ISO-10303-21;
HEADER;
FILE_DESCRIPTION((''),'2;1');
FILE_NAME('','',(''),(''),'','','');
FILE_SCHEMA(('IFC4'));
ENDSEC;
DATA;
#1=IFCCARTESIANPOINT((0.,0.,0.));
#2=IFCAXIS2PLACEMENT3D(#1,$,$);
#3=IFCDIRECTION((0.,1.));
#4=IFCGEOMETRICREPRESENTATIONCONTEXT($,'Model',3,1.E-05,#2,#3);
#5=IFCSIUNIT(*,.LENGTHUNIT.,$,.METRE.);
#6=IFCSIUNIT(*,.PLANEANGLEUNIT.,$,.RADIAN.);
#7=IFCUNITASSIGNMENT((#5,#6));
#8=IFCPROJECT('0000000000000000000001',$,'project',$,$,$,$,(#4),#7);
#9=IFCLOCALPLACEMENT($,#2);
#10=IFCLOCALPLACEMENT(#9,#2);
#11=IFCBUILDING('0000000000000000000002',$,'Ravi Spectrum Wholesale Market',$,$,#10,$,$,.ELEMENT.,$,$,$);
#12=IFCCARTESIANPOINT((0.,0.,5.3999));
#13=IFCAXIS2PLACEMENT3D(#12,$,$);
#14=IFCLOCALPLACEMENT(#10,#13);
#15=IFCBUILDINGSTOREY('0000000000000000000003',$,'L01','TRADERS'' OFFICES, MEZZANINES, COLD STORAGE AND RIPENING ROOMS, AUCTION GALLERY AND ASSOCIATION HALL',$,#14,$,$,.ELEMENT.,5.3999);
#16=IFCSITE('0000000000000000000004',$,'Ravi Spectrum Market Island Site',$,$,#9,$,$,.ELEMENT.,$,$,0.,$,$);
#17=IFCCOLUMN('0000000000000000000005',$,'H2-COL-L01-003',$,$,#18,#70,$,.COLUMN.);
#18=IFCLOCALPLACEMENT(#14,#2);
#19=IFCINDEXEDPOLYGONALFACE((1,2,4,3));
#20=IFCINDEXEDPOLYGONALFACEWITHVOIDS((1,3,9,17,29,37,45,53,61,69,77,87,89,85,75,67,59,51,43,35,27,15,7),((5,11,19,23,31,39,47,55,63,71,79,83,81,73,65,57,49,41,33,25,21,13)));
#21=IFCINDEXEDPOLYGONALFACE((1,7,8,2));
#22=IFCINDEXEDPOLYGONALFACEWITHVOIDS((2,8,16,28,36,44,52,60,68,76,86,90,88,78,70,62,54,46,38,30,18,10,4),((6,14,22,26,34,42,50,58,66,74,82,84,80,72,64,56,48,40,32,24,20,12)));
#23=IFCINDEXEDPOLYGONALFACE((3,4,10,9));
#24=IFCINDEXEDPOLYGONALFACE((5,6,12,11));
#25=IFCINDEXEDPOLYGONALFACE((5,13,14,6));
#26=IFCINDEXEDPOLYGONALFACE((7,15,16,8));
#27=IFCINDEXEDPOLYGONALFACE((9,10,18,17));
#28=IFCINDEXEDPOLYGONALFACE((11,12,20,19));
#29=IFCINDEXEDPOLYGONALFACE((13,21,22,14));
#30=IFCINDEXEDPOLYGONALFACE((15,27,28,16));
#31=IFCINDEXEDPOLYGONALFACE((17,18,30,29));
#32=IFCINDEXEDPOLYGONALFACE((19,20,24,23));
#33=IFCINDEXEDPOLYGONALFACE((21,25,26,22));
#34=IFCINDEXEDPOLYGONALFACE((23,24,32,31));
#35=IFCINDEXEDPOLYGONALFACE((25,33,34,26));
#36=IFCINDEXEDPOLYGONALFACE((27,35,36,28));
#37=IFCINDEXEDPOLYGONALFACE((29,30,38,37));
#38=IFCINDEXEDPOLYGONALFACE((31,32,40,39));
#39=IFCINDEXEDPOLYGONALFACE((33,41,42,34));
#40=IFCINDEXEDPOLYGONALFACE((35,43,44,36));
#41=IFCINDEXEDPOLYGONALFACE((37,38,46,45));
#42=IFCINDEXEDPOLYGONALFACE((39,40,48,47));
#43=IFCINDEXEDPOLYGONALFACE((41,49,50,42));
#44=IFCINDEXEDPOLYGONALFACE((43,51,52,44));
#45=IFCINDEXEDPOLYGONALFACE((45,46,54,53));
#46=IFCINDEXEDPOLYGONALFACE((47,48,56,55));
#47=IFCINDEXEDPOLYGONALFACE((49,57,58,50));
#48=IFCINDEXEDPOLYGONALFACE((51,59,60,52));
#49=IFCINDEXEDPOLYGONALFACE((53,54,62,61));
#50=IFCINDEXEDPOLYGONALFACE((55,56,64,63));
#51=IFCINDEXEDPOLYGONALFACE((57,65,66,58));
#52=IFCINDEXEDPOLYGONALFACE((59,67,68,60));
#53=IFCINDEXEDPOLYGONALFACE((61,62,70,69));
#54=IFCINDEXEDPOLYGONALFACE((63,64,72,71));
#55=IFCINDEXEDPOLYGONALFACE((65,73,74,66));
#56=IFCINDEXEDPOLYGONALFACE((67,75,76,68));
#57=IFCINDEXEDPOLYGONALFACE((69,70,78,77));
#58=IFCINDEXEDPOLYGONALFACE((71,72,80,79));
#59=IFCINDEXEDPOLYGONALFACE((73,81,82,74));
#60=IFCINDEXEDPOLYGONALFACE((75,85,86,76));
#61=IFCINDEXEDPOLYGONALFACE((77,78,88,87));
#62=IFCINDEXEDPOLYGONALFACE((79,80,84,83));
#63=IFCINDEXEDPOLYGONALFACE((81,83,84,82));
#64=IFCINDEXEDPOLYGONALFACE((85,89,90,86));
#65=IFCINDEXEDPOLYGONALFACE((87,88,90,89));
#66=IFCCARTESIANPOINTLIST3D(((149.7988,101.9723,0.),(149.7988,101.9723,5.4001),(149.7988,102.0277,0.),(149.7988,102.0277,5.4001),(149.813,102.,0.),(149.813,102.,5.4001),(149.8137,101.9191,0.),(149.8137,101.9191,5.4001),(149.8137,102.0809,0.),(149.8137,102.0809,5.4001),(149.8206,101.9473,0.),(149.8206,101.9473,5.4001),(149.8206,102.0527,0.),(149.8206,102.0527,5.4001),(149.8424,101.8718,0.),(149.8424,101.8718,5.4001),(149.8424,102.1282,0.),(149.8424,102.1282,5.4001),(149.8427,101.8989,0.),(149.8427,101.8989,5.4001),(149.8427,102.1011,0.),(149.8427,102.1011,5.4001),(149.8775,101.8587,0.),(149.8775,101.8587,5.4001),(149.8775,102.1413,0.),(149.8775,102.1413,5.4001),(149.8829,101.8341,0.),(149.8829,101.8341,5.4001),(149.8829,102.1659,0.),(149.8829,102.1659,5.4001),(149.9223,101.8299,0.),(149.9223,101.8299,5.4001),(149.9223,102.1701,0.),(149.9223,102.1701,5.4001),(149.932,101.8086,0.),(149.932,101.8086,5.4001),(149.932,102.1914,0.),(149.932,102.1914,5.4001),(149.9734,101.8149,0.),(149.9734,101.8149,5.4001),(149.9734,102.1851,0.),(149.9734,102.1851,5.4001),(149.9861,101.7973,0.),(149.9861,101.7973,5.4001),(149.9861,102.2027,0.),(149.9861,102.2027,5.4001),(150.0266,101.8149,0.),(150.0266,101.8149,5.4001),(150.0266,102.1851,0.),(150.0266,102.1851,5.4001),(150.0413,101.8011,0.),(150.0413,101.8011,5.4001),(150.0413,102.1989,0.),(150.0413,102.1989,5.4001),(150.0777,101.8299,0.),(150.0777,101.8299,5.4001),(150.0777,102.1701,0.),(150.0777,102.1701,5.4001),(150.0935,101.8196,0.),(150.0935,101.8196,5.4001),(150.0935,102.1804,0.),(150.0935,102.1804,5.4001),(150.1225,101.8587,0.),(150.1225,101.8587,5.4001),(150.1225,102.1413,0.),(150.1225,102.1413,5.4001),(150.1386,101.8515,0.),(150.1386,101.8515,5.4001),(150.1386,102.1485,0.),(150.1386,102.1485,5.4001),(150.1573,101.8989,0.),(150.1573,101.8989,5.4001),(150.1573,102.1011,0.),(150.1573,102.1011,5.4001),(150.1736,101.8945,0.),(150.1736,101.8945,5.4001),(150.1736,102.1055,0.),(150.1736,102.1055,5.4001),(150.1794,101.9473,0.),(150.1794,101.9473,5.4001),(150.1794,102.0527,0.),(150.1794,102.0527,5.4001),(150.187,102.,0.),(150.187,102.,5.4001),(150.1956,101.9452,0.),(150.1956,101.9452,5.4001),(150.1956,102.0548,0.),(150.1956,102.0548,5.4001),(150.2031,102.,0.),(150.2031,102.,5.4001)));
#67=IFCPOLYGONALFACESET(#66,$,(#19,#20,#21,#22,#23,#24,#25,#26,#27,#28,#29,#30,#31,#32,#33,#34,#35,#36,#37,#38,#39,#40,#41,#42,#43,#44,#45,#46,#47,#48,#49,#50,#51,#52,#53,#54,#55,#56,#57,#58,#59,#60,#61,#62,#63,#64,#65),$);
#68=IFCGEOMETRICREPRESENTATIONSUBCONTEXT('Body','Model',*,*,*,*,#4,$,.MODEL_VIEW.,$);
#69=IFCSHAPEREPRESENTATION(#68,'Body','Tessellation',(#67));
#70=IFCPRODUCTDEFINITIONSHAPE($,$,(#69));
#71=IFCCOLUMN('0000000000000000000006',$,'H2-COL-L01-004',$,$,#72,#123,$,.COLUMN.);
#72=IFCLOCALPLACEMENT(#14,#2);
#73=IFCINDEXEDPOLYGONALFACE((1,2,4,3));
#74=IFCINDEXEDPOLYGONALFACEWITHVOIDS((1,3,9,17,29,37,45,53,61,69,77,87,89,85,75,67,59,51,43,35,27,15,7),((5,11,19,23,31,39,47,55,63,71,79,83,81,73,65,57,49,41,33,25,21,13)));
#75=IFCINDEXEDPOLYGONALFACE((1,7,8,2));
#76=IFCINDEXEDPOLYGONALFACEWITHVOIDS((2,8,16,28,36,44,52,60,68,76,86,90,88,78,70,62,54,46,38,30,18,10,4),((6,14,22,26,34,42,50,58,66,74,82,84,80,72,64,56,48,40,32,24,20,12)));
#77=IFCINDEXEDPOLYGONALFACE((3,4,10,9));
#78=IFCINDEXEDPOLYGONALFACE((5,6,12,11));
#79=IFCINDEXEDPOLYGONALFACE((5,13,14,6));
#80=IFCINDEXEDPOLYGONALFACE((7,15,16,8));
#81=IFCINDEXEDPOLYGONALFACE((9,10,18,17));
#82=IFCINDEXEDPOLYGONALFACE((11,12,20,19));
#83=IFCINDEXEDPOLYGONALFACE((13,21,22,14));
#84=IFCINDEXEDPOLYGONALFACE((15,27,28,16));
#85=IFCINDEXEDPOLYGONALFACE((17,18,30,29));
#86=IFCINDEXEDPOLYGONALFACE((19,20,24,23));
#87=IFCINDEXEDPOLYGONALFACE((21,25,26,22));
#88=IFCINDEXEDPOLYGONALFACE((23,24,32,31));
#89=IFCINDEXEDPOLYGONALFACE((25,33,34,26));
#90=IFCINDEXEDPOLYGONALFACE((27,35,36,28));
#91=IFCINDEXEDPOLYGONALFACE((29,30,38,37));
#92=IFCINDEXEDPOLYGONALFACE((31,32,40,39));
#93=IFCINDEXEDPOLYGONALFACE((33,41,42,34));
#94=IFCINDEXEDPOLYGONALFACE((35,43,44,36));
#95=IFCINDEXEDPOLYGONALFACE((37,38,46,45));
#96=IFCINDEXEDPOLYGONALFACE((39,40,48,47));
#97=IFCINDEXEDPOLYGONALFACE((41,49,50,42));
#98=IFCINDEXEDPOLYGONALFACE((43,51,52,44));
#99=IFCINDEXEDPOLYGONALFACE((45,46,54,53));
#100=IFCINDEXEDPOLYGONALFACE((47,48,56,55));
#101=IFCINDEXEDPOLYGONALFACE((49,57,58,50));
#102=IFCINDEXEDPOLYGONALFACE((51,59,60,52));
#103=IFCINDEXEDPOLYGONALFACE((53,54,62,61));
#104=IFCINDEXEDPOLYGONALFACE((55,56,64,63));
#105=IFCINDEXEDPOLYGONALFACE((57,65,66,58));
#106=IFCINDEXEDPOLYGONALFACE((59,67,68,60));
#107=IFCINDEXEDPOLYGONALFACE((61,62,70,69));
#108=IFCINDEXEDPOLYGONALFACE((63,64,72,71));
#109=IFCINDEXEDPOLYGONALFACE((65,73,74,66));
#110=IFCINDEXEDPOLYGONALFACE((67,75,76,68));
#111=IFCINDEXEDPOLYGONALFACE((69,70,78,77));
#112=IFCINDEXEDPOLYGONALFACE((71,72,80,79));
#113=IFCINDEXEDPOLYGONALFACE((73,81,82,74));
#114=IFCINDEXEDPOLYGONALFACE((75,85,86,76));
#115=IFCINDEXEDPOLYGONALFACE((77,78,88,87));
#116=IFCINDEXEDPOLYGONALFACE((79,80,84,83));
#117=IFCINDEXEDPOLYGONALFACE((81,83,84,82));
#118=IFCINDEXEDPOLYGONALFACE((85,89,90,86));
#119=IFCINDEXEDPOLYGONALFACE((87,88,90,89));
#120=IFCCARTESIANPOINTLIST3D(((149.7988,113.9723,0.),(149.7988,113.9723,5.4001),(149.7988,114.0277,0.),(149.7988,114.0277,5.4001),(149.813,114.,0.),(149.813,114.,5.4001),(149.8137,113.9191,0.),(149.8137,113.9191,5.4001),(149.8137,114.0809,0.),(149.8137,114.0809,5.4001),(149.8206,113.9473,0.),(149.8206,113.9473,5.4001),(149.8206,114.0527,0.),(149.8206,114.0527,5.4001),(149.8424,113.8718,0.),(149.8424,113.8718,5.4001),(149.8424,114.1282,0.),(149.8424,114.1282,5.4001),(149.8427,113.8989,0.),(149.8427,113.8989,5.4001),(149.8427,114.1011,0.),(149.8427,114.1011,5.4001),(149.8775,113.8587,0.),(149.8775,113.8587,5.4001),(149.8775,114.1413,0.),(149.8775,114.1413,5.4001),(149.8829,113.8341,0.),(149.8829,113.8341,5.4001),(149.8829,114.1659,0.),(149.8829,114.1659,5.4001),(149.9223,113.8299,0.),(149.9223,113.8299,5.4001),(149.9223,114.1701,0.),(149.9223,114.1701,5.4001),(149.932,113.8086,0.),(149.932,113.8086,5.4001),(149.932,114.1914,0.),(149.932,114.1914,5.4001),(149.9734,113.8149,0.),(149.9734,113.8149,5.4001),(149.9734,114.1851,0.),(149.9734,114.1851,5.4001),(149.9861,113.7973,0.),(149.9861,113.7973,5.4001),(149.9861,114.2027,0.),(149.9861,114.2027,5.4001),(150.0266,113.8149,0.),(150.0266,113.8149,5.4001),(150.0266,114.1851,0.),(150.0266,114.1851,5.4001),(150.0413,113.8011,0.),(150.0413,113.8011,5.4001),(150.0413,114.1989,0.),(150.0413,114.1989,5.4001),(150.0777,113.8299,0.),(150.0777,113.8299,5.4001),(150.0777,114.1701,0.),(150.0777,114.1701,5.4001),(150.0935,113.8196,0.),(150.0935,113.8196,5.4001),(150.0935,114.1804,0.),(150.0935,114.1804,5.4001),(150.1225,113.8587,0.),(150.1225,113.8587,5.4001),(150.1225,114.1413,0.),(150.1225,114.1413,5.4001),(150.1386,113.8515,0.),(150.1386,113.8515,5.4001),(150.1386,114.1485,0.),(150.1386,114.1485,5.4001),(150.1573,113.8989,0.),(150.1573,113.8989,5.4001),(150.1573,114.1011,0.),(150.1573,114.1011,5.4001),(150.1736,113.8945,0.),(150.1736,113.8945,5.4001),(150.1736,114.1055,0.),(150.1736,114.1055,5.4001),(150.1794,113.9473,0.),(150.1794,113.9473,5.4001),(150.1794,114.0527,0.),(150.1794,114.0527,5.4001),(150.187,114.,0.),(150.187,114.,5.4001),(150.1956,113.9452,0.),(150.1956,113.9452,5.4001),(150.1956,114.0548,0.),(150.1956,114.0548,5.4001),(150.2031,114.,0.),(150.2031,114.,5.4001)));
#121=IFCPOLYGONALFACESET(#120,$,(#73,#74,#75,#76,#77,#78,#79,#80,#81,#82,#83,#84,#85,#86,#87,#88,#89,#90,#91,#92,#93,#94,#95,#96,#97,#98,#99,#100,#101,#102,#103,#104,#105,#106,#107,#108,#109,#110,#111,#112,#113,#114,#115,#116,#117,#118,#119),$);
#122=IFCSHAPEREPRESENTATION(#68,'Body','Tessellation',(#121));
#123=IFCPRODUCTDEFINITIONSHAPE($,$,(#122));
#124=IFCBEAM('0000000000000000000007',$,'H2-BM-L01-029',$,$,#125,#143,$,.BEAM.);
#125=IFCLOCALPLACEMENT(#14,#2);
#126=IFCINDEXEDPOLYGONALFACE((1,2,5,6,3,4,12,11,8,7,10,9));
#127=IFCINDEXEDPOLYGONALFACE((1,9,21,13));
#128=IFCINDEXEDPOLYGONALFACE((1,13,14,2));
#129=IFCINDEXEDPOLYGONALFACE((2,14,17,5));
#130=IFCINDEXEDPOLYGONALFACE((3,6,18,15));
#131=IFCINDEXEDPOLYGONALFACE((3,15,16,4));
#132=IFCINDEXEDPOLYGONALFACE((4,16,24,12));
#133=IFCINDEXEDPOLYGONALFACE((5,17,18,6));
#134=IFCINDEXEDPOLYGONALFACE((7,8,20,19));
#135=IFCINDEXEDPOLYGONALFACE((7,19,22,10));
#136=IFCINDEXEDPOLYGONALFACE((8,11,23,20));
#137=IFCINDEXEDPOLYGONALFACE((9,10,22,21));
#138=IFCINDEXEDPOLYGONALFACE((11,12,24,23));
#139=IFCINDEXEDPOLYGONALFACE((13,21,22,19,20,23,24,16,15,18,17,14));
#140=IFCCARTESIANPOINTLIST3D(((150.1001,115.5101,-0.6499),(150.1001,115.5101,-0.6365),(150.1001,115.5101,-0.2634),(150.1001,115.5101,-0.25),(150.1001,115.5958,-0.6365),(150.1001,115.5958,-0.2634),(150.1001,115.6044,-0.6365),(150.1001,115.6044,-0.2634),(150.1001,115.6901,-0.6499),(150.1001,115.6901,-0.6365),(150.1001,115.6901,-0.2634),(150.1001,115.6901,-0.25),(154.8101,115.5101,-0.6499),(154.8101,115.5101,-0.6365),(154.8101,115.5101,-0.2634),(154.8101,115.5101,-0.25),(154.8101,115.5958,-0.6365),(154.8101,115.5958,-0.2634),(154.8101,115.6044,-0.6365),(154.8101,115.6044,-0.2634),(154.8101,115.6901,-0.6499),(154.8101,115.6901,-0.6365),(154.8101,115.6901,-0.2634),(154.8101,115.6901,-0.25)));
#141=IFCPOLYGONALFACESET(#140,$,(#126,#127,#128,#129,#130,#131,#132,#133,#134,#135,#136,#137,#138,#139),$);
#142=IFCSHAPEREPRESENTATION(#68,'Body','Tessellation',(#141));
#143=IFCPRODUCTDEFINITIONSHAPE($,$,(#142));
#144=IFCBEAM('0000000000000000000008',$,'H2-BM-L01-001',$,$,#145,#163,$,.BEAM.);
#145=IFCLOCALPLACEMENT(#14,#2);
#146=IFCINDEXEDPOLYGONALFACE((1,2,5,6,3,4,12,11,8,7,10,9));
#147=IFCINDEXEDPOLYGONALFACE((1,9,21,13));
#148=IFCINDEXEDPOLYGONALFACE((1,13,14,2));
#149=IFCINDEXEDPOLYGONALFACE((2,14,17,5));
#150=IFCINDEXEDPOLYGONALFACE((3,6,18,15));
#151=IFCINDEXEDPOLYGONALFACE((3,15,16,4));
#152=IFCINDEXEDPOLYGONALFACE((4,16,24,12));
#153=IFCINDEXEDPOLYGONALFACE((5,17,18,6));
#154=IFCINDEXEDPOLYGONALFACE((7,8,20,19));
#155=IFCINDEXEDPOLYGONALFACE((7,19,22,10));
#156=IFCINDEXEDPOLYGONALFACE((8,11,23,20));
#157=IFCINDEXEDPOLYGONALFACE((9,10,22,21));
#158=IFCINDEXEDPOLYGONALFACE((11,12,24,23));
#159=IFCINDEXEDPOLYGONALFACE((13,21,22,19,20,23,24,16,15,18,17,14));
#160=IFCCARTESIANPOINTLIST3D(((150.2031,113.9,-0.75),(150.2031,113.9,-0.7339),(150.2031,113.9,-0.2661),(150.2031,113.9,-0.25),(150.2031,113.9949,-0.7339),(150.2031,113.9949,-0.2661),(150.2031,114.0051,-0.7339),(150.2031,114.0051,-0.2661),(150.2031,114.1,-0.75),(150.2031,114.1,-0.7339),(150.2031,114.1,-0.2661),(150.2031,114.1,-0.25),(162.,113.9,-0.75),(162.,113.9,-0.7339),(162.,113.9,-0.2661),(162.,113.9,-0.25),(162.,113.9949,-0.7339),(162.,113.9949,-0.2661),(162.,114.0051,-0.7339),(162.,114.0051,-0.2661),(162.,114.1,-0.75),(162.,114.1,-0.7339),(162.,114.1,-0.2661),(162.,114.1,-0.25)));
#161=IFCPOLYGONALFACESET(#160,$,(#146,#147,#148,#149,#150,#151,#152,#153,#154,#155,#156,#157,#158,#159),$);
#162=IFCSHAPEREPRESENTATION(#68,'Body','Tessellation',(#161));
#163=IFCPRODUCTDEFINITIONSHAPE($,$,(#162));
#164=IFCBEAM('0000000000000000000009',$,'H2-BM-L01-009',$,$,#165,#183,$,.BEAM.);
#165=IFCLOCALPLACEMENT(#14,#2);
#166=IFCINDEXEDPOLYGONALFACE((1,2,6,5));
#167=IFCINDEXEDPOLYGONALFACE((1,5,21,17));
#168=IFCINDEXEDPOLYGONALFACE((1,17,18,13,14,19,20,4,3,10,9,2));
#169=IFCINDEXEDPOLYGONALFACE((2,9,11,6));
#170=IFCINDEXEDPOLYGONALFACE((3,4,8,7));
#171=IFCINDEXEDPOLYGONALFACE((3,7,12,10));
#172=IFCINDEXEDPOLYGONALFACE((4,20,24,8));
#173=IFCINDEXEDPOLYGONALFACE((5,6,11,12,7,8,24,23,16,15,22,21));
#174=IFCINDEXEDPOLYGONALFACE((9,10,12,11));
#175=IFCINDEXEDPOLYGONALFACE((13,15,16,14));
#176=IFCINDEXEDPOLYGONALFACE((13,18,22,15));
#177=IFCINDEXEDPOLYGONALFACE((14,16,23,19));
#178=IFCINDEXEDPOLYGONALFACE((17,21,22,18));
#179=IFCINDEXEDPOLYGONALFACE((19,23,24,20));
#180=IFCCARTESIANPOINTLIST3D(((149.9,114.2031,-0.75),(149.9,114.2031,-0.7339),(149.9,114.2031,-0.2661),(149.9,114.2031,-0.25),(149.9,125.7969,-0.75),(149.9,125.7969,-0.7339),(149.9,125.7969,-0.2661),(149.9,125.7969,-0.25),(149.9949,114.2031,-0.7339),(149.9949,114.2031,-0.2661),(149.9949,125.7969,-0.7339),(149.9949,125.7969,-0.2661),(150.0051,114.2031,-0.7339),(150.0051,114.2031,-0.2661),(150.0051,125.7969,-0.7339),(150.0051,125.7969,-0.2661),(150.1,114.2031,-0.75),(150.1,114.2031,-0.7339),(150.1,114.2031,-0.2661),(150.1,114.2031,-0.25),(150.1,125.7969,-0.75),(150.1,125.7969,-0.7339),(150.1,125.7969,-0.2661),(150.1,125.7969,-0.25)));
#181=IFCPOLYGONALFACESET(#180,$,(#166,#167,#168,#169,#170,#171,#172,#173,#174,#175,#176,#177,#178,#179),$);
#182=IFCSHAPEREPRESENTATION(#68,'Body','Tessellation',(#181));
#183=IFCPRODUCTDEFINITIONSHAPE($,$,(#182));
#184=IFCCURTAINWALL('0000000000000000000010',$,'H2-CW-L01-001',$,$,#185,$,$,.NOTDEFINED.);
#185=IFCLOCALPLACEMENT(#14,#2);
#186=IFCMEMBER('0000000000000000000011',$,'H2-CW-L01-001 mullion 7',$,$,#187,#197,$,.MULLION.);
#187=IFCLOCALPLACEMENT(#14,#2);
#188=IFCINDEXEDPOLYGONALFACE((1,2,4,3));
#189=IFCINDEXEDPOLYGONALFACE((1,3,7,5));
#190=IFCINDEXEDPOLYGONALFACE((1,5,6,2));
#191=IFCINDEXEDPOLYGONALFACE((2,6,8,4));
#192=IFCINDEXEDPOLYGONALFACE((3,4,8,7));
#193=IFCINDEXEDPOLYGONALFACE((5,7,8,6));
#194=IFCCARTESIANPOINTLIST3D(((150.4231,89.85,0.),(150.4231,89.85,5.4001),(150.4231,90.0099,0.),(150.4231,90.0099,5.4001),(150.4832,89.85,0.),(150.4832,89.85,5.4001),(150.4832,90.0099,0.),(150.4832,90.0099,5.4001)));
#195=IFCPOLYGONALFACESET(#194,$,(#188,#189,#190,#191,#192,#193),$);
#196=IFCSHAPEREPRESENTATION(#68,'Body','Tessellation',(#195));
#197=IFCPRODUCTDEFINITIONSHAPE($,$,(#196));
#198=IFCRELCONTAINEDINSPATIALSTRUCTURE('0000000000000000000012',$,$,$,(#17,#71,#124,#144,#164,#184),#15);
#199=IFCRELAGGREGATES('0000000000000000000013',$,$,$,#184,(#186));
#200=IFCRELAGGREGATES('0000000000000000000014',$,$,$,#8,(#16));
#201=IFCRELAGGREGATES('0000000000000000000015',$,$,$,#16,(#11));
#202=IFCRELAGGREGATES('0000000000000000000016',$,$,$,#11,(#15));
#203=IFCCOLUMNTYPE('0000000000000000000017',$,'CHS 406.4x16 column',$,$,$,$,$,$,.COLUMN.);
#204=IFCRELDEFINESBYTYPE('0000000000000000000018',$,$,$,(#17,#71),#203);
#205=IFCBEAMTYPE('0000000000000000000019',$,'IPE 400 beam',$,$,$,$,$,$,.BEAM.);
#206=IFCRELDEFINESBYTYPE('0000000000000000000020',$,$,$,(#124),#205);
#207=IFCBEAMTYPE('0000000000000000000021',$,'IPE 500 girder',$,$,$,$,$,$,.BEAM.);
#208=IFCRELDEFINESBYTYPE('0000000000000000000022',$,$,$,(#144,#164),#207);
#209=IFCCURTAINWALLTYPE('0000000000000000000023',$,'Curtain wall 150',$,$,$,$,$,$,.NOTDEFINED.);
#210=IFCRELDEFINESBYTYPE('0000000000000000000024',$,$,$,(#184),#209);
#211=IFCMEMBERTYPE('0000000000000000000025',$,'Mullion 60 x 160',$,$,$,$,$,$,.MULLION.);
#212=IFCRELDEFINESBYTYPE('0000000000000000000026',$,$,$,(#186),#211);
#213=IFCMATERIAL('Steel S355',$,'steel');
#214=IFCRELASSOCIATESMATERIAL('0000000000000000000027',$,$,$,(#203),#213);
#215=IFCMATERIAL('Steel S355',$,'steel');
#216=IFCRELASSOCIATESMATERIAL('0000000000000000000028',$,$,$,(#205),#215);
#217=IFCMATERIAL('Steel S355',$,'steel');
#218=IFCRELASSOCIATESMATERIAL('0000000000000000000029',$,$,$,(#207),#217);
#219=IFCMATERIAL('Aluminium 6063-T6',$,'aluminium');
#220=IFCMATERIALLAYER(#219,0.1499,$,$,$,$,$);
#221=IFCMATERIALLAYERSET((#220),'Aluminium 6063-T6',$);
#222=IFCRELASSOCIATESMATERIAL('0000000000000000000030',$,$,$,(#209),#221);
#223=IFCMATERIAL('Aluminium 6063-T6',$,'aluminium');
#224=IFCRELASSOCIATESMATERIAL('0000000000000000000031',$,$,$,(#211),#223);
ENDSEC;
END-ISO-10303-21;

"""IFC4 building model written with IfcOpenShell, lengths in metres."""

from ifc_helpers import new_model, si_unit, direction, frame, origin, origin_2d, place, context, subcontext, project, spatial, rectangle, hollow_circle, i_section, extrude, material, layer, layer_set, material_profile, profile_set, type_object, element, aggregate, save


model = new_model("IFC4")

# Units and contexts
model_context = context("Model", 3, precision=1e-05, world=origin(), true_north=direction((0.0, 1.0)))
body_context = subcontext(model_context, "Body", "Model", "MODEL_VIEW")
ifc_project = project(units=[si_unit("LENGTHUNIT", "METRE"), si_unit("PLANEANGLEUNIT", "RADIAN")], contexts=[model_context])

# Site, building, storey
site_placement = place(None, origin())
site = spatial("IfcSite", under=ifc_project, at=site_placement, Name="Ravi Spectrum Market Island Site", CompositionType="ELEMENT", RefElevation=0.0)
building_placement = place(site_placement, origin())
building = spatial("IfcBuilding", under=site, at=building_placement, Name="Ravi Spectrum Wholesale Market", CompositionType="ELEMENT")
storey_placement = place(building_placement, frame((0.0, 0.0, 5.3999)))
storey = spatial("IfcBuildingStorey", under=building, at=storey_placement, Name="L01", Description="TRADERS' OFFICES, MEZZANINES, COLD STORAGE AND RIPENING ROOMS, AUCTION GALLERY AND ASSOCIATION HALL", CompositionType="ELEMENT", Elevation=5.3999)

# Columns
ifc_material_1 = material(Name="Steel S355", Category="steel")
ifc_material_profile_1 = material_profile(ifc_material_1, hollow_circle(Radius=0.2031, WallThickness=0.0161, at=origin_2d()))
ifc_profile_set_1 = profile_set([ifc_material_profile_1], Name="Steel S355")
column_type = type_object("IfcColumnType", Name="CHS 406.4x16 column", PredefinedType="COLUMN", material=ifc_profile_set_1)
for number, where, z_axis, x_axis, name in (
    (1, (150.0, 102.0, 0.0), (0.0, 0.0, 1.0), (1.0, 0.0, 0.0), "H2-COL-L01-003"),
    (2, (150.0, 114.0, 0.0), (0.0, 0.0, 1.0), (1.0, 0.0, 0.0), "H2-COL-L01-004"),
):
    element("IfcColumn", number, at=place(storey_placement, frame(where, z_axis=z_axis, x_axis=x_axis)), inside=storey, type_object=column_type, Name=name, PredefinedType="COLUMN", context=body_context, shape_type="SweptSolid", body=[
        extrude(hollow_circle(Radius=0.2031, WallThickness=0.0161, at=origin_2d()), origin(), (0.0, 0.0, 1.0), 5.4001),
    ])

# Beams
ifc_material_2 = material(Name="Steel S355", Category="steel")
ifc_material_profile_2 = material_profile(ifc_material_2, i_section(OverallWidth=0.1799, OverallDepth=0.3999, WebThickness=0.0085, FlangeThickness=0.0134, at=origin_2d()))
ifc_profile_set_2 = profile_set([ifc_material_profile_2], Name="Steel S355")
beam_type_1 = type_object("IfcBeamType", Name="IPE 400 beam", PredefinedType="BEAM", material=ifc_profile_set_2)
beam_1_placement = place(storey_placement, frame((150.1001, 115.6001, -0.45), z_axis=(1.0, 0.0, 0.0), x_axis=(0.0, 1.0, 0.0)))
element("IfcBeam", 3, at=beam_1_placement, inside=storey, type_object=beam_type_1, Name="H2-BM-L01-029", PredefinedType="BEAM", context=body_context, shape_type="SweptSolid", body=[
    extrude(i_section(OverallWidth=0.1799, OverallDepth=0.3999, WebThickness=0.0085, FlangeThickness=0.0134, at=origin_2d()), origin(), (0.0, 0.0, 1.0), 4.71),
])
ifc_material_3 = material(Name="Steel S355", Category="steel")
ifc_material_profile_3 = material_profile(ifc_material_3, i_section(OverallWidth=0.2, OverallDepth=0.5, WebThickness=0.0103, FlangeThickness=0.0161, at=origin_2d()))
ifc_profile_set_3 = profile_set([ifc_material_profile_3], Name="Steel S355")
beam_type_2 = type_object("IfcBeamType", Name="IPE 500 girder", PredefinedType="BEAM", material=ifc_profile_set_3)
beam_2_placement = place(storey_placement, frame((150.2031, 114.0, -0.5), z_axis=(1.0, 0.0, 0.0), x_axis=(0.0, 1.0, 0.0)))
element("IfcBeam", 4, at=beam_2_placement, inside=storey, type_object=beam_type_2, Name="H2-BM-L01-001", PredefinedType="BEAM", context=body_context, shape_type="SweptSolid", body=[
    extrude(i_section(OverallWidth=0.2, OverallDepth=0.5, WebThickness=0.0103, FlangeThickness=0.0161, at=origin_2d()), origin(), (0.0, 0.0, 1.0), 11.7969),
])
beam_3_placement = place(storey_placement, frame((150.0, 114.2031, -0.5), z_axis=(0.0, 1.0, 0.0), x_axis=(-1.0, 0.0, 0.0)))
element("IfcBeam", 5, at=beam_3_placement, inside=storey, type_object=beam_type_2, Name="H2-BM-L01-009", PredefinedType="BEAM", context=body_context, shape_type="SweptSolid", body=[
    extrude(i_section(OverallWidth=0.2, OverallDepth=0.5, WebThickness=0.0103, FlangeThickness=0.0161, at=origin_2d()), origin(), (0.0, 0.0, 1.0), 11.5938),
])

# Curtain wall, member
ifc_material_4 = material(Name="Aluminium 6063-T6", Category="aluminium")
ifc_layer_1 = layer(ifc_material_4, 0.1499)
ifc_layer_set_1 = layer_set([ifc_layer_1], Name="Aluminium 6063-T6")
curtain_wall_type = type_object("IfcCurtainWallType", Name="Curtain wall 150", PredefinedType="NOTDEFINED", material=ifc_layer_set_1)
curtain_wall_1_placement = place(storey_placement, origin())
curtain_wall_1 = element("IfcCurtainWall", 6, at=curtain_wall_1_placement, inside=storey, type_object=curtain_wall_type, Name="H2-CW-L01-001", PredefinedType="NOTDEFINED")
ifc_material_5 = material(Name="Aluminium 6063-T6", Category="aluminium")
ifc_material_profile_4 = material_profile(ifc_material_5, rectangle(XDim=0.0601, YDim=0.1599, at=origin_2d()))
ifc_profile_set_4 = profile_set([ifc_material_profile_4], Name="Aluminium 6063-T6")
member_type_1 = type_object("IfcMemberType", Name="Mullion 60 x 160", PredefinedType="MULLION", material=ifc_profile_set_4)
member_1_placement = place(storey_placement, frame((150.4531, 89.9299, 0.0), z_axis=(0.0, 0.0, 1.0), x_axis=(-1.0, 0.0, 0.0)))
member_1 = element("IfcMember", 7, at=member_1_placement, type_object=member_type_1, Name="H2-CW-L01-001 mullion 7", PredefinedType="MULLION", context=body_context, shape_type="SweptSolid", body=[
    extrude(rectangle(XDim=0.0601, YDim=0.1599, at=origin_2d()), origin(), (0.0, 0.0, 1.0), 5.4001),
])
aggregate(curtain_wall_1, [member_1])

save(model, "model.ifc")
